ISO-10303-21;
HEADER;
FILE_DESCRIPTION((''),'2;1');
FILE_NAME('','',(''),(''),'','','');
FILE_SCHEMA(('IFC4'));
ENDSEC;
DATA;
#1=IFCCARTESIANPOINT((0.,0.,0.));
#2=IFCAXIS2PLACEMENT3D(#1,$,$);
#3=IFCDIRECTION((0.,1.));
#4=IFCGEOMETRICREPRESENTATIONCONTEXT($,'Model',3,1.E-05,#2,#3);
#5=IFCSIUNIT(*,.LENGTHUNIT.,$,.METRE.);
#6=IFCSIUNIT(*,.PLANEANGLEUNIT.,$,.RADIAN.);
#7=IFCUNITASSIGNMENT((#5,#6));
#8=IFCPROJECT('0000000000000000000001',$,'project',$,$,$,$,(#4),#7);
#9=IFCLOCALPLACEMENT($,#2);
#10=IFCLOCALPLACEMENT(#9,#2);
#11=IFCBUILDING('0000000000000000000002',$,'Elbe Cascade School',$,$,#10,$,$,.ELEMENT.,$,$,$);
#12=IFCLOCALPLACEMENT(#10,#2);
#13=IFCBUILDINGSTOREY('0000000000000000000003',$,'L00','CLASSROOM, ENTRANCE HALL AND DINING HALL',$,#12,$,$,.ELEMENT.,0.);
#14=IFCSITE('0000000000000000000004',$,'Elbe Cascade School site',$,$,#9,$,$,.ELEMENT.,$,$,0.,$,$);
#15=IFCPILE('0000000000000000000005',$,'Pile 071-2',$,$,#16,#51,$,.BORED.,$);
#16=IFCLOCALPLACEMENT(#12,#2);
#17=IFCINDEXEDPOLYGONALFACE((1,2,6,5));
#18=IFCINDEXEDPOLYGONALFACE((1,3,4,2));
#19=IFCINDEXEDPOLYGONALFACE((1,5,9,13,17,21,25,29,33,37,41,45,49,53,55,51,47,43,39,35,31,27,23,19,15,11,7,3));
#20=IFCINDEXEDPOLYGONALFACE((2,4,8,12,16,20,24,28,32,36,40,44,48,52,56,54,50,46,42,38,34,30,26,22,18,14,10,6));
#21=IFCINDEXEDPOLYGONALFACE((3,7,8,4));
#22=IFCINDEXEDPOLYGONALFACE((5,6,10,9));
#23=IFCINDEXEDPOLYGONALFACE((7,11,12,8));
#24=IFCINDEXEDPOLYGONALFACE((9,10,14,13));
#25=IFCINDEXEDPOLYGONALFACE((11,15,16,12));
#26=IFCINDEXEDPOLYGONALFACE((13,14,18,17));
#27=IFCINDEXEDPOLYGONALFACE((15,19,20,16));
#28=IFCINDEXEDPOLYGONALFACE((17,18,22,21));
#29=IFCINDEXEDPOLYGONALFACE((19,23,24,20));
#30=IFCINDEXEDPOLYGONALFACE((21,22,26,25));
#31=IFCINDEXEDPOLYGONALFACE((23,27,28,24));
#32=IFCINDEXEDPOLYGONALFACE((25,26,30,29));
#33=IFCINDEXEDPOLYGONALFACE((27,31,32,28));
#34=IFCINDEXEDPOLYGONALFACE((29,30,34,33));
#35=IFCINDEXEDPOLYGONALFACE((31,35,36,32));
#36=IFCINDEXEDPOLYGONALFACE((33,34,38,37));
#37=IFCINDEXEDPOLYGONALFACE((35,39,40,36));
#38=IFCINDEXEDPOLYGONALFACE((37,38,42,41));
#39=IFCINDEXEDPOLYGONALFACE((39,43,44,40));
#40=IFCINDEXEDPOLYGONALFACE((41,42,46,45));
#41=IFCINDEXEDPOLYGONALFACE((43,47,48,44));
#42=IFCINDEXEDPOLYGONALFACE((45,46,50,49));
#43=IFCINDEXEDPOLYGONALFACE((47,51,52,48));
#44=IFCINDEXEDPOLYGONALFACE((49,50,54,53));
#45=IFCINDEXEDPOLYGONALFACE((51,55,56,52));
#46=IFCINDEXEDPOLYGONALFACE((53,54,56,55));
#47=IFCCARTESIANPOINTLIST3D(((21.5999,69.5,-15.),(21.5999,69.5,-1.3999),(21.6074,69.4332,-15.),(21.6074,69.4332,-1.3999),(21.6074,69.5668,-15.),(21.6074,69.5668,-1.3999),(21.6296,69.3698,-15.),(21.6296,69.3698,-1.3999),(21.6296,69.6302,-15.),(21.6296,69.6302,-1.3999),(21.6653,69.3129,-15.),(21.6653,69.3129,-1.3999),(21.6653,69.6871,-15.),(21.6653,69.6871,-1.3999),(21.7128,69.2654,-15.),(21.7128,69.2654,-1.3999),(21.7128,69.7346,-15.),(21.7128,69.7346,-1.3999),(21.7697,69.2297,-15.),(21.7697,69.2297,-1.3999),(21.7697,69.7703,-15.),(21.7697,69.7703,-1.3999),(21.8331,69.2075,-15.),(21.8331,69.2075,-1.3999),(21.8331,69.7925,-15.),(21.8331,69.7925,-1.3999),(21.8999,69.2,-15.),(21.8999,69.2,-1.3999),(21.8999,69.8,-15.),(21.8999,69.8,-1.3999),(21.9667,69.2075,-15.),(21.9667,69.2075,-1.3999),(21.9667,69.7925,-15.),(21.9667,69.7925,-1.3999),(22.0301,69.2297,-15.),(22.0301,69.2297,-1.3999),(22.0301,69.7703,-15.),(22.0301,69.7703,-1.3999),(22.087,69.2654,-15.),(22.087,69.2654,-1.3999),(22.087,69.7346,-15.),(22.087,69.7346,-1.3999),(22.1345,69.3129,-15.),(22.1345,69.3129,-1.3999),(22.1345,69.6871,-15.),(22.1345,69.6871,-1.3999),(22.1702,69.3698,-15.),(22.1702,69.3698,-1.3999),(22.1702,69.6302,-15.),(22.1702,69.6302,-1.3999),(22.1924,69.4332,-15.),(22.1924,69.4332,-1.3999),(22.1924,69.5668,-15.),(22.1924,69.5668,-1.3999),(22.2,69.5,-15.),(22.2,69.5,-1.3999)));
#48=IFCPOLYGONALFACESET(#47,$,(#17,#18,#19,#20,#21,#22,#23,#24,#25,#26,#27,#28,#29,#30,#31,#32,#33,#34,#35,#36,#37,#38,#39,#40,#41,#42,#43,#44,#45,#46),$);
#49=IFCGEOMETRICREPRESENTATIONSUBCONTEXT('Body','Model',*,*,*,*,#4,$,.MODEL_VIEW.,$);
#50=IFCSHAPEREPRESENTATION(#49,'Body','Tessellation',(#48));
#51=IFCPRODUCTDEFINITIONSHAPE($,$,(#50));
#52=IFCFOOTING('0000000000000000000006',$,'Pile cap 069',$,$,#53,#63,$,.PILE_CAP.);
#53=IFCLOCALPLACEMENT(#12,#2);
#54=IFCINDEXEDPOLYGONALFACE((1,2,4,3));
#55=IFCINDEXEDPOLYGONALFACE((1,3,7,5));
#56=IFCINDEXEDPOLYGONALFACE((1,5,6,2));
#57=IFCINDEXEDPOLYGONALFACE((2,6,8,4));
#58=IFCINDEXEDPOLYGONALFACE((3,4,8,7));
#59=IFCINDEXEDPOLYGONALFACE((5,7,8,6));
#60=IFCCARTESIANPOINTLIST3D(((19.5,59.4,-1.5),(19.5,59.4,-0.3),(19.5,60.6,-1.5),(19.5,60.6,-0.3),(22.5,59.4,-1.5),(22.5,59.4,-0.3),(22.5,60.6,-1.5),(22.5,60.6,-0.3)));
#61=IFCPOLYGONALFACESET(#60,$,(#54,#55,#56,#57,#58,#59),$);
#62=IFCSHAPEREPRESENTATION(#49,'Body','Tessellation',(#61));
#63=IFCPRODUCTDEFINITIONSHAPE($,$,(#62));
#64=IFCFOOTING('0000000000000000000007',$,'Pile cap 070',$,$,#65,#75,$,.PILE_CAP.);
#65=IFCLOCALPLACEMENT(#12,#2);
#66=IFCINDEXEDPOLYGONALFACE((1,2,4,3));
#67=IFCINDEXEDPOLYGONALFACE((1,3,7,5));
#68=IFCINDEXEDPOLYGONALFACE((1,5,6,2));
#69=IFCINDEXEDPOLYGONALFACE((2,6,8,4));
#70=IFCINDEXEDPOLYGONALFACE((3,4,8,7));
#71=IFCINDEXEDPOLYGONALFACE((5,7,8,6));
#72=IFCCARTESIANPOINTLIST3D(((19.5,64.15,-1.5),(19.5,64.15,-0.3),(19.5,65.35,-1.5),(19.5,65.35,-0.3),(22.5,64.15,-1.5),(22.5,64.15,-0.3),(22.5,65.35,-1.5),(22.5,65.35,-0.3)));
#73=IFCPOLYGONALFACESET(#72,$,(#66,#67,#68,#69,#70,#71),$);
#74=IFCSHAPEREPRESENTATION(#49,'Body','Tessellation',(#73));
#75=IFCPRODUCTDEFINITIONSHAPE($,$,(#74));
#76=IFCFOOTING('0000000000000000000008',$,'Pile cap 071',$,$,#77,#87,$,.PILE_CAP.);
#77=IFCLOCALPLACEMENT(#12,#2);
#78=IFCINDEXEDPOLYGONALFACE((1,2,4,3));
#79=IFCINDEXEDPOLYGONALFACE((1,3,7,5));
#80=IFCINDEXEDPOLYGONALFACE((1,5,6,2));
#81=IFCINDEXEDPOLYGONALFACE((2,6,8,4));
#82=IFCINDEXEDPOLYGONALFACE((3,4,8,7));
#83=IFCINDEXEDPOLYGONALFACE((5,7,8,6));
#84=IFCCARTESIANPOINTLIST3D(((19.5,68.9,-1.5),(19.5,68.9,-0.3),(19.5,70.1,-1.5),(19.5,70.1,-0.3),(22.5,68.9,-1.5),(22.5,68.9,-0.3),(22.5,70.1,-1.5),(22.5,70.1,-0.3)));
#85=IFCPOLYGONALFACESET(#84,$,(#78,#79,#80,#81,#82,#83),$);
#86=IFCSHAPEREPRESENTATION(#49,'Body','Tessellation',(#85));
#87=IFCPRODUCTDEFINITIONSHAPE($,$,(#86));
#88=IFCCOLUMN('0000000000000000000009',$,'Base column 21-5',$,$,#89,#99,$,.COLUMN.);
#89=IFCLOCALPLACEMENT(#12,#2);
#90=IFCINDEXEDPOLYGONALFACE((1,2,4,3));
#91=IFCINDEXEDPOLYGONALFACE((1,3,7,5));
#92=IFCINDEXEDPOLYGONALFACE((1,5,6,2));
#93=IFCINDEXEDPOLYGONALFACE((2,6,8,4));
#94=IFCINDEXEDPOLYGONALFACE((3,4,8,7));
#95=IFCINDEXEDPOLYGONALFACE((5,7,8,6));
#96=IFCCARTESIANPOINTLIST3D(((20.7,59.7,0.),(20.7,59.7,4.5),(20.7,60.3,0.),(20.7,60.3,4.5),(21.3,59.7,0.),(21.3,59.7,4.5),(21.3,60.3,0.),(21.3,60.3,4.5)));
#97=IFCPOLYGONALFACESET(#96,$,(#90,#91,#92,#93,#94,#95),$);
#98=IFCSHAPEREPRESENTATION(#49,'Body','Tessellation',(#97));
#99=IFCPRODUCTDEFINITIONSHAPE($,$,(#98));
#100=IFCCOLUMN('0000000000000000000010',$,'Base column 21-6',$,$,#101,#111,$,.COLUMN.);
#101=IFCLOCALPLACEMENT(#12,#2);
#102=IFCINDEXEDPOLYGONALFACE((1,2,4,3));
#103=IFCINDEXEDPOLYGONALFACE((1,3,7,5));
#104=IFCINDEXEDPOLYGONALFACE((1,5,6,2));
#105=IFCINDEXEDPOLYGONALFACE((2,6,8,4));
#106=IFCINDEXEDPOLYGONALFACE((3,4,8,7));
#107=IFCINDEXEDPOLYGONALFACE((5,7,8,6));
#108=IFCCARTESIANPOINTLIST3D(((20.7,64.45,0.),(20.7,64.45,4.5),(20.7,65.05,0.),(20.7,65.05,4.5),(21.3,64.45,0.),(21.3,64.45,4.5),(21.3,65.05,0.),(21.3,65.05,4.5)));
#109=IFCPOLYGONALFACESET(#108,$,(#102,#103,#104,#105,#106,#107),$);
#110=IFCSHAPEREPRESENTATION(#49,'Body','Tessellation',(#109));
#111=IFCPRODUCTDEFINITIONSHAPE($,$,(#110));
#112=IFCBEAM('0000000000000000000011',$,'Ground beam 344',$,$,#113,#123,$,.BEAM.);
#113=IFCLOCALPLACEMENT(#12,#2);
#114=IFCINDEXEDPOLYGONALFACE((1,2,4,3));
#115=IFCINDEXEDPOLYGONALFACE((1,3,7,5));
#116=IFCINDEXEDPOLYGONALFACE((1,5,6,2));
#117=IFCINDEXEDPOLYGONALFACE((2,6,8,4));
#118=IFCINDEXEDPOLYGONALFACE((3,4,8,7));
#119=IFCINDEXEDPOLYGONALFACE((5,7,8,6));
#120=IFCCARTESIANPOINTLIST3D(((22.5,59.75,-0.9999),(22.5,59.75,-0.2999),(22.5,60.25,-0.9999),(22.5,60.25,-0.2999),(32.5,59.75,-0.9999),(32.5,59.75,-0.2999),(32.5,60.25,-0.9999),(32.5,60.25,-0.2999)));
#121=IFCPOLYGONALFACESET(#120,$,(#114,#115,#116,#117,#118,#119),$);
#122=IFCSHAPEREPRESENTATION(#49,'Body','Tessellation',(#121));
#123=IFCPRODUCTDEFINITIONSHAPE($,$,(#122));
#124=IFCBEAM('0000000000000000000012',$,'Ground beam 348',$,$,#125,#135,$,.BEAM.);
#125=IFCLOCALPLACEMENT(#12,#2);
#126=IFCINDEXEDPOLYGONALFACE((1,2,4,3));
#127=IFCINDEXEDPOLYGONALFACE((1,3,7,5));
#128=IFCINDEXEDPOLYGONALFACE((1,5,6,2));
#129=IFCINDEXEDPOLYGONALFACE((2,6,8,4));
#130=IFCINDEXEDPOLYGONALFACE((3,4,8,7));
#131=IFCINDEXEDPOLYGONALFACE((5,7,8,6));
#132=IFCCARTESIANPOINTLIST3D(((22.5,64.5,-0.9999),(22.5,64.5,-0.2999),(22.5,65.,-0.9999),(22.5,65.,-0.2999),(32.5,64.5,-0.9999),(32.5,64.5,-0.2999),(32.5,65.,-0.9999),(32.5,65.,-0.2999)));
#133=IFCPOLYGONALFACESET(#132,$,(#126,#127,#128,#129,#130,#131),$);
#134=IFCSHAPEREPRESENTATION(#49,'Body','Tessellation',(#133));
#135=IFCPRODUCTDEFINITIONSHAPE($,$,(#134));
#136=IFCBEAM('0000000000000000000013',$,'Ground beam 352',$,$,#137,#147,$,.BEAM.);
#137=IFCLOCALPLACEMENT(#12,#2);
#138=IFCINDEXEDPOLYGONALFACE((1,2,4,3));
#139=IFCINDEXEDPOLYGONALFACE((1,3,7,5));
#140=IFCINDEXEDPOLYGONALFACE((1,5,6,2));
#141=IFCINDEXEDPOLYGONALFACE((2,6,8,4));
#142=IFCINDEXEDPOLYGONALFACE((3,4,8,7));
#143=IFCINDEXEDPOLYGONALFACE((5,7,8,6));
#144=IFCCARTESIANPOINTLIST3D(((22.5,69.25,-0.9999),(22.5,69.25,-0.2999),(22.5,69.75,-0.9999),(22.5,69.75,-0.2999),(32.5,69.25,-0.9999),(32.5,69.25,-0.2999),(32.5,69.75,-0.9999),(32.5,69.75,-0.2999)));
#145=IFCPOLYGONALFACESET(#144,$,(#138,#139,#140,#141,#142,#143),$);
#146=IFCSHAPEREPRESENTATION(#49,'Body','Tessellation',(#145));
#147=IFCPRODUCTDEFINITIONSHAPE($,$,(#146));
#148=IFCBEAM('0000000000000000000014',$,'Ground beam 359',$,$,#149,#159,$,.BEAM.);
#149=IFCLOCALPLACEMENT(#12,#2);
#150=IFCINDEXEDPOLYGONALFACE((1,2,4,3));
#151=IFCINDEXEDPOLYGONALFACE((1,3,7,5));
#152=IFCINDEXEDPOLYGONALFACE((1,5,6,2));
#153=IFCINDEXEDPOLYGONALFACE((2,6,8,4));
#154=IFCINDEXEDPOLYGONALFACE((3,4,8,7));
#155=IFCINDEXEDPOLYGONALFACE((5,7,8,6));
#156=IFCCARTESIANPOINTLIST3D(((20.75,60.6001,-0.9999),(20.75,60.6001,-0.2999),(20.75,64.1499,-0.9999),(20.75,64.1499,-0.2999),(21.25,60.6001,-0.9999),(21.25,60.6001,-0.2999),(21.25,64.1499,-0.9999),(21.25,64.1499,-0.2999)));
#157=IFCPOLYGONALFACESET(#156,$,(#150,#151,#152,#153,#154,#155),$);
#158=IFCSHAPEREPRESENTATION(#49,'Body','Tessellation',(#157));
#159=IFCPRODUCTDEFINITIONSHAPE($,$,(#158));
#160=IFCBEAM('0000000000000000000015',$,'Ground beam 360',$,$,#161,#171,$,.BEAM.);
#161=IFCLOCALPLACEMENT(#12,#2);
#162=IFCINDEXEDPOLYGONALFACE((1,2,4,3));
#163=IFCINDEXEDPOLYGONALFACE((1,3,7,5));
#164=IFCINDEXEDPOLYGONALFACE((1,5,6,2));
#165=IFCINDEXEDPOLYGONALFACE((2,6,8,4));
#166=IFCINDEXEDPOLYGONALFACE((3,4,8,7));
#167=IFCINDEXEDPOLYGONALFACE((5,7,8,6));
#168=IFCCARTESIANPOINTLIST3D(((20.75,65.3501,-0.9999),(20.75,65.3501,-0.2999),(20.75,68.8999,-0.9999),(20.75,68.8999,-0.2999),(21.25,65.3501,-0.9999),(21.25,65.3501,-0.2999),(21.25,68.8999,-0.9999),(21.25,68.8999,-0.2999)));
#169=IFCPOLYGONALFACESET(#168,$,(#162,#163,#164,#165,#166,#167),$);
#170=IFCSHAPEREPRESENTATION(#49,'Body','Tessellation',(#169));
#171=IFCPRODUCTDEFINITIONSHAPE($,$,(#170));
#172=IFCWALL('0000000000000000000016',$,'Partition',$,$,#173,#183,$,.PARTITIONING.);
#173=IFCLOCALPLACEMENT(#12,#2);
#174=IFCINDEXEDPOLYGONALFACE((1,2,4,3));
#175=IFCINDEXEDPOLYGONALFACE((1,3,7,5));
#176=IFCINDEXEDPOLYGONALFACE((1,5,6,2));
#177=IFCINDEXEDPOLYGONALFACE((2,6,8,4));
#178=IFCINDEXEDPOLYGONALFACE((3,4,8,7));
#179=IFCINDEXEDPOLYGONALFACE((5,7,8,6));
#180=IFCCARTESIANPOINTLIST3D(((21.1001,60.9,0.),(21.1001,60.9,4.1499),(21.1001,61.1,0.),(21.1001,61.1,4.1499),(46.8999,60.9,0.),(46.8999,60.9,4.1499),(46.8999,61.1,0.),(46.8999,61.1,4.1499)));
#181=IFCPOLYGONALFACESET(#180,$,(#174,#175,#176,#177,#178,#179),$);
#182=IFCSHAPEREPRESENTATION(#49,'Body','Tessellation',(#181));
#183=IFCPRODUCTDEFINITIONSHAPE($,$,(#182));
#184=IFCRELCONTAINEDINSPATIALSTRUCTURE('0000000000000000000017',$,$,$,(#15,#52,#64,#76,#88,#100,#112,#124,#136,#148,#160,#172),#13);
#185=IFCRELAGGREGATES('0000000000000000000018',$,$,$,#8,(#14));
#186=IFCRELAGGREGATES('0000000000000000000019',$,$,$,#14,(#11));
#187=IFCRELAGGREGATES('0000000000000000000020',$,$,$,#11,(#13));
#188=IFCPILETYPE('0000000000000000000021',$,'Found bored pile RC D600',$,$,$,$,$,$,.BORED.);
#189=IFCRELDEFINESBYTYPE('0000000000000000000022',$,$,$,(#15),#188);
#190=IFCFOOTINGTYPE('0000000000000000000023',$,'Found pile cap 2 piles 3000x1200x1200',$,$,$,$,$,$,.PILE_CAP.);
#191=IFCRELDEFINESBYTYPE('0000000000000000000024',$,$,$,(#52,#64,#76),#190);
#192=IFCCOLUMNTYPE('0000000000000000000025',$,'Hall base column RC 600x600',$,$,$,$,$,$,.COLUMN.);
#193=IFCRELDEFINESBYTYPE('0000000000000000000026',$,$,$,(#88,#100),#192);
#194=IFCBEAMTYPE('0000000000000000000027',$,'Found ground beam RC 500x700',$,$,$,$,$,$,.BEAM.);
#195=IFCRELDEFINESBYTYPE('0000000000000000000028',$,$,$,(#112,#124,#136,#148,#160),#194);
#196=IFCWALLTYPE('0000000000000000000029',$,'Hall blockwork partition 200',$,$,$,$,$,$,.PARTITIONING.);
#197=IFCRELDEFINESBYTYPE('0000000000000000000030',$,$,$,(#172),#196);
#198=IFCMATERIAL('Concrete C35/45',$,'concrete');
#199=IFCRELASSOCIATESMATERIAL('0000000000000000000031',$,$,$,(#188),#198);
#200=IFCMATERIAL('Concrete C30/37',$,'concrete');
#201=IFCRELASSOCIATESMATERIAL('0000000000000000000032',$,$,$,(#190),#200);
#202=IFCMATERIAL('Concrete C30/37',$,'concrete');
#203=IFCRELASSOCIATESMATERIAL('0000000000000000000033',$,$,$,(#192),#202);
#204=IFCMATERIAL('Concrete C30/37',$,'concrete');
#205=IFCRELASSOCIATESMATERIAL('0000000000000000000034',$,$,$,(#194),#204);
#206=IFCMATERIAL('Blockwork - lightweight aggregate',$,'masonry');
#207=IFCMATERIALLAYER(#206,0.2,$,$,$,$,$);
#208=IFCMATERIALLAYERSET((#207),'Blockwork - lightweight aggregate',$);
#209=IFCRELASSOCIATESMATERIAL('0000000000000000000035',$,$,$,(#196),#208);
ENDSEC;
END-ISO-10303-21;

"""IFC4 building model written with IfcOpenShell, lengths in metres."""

from ifc_helpers import new_model, si_unit, direction, frame, frame_2d, origin, origin_2d, place, context, subcontext, project, spatial, rectangle, circle, extrude, material, layer, layer_set, material_profile, profile_set, type_object, element, save


model = new_model("IFC4")

# Units and contexts
model_context = context("Model", 3, precision=1e-05, world=origin(), true_north=direction((0.0, 1.0)))
body_context = subcontext(model_context, "Body", "Model", "MODEL_VIEW")
ifc_project = project(units=[si_unit("LENGTHUNIT", "METRE"), si_unit("PLANEANGLEUNIT", "RADIAN")], contexts=[model_context])

# Site, building, storey
site_placement = place(None, origin())
site = spatial("IfcSite", under=ifc_project, at=site_placement, Name="Elbe Cascade School site", CompositionType="ELEMENT", RefElevation=0.0)
building_placement = place(site_placement, origin())
building = spatial("IfcBuilding", under=site, at=building_placement, Name="Elbe Cascade School", CompositionType="ELEMENT")
storey_placement = place(building_placement, origin())
storey = spatial("IfcBuildingStorey", under=building, at=storey_placement, Name="L00", Description="CLASSROOM, ENTRANCE HALL AND DINING HALL", CompositionType="ELEMENT", Elevation=0.0)

# Pile
ifc_material_1 = material(Name="Concrete C35/45", Category="concrete")
ifc_material_profile_1 = material_profile(ifc_material_1, circle(Radius=0.3, at=origin_2d()), Name="RC D600")
ifc_profile_set_1 = profile_set([ifc_material_profile_1], Name="Concrete C35/45")
pile_type = type_object("IfcPileType", Name="Found bored pile RC D600", PredefinedType="BORED", material=ifc_profile_set_1)
for number, where, z_axis, x_axis, name in (
    (1, (21.8999, 69.5, -1.3999), (0.0, 0.0, -1.0), (1.0, 0.0, 0.0), "Pile 071-2"),
):
    element("IfcPile", number, at=place(storey_placement, frame(where, z_axis=z_axis, x_axis=x_axis)), inside=storey, type_object=pile_type, Name=name, PredefinedType="BORED", context=body_context, shape_type="SweptSolid", body=[
        extrude(circle(Radius=0.3, at=origin_2d()), origin(), (0.0, 0.0, 1.0), 13.6001),
    ])

# Footings
ifc_material_2 = material(Name="Concrete C30/37", Category="concrete")
footing_type = type_object("IfcFootingType", Name="Found pile cap 2 piles 3000x1200x1200", PredefinedType="PILE_CAP", material=ifc_material_2)
for number, where, z_axis, x_axis, name in (
    (2, (21.0, 60.0, -1.5), (0.0, 0.0, 1.0), (1.0, 0.0, 0.0), "Pile cap 069"),
    (3, (21.0, 64.75, -1.5), (0.0, 0.0, 1.0), (1.0, 0.0, 0.0), "Pile cap 070"),
    (4, (21.0, 69.5, -1.5), (0.0, 0.0, 1.0), (1.0, 0.0, 0.0), "Pile cap 071"),
):
    element("IfcFooting", number, at=place(storey_placement, frame(where, z_axis=z_axis, x_axis=x_axis)), inside=storey, type_object=footing_type, Name=name, PredefinedType="PILE_CAP", context=body_context, shape_type="SweptSolid", body=[
        extrude(rectangle(XDim=3.0, YDim=1.2, at=origin_2d()), origin(), (0.0, 0.0, 1.0), 1.2),
    ])

# Columns
ifc_material_3 = material(Name="Concrete C30/37", Category="concrete")
ifc_material_profile_2 = material_profile(ifc_material_3, rectangle(XDim=0.6001, YDim=0.6001, at=origin_2d()), Name="RC 600x600")
ifc_profile_set_2 = profile_set([ifc_material_profile_2], Name="Concrete C30/37")
column_type = type_object("IfcColumnType", Name="Hall base column RC 600x600", PredefinedType="COLUMN", material=ifc_profile_set_2)
for number, where, z_axis, x_axis, name in (
    (5, (21.0, 60.0, 0.0), (0.0, 0.0, 1.0), (1.0, 0.0, 0.0), "Base column 21-5"),
    (6, (21.0, 64.75, 0.0), (0.0, 0.0, 1.0), (1.0, 0.0, 0.0), "Base column 21-6"),
):
    element("IfcColumn", number, at=place(storey_placement, frame(where, z_axis=z_axis, x_axis=x_axis)), inside=storey, type_object=column_type, Name=name, PredefinedType="COLUMN", context=body_context, shape_type="SweptSolid", body=[
        extrude(rectangle(XDim=0.6001, YDim=0.6001, at=origin_2d()), origin(), (0.0, 0.0, 1.0), 4.5),
    ])

# Beams
ifc_material_4 = material(Name="Concrete C30/37", Category="concrete")
ifc_material_profile_3 = material_profile(ifc_material_4, rectangle(XDim=0.5, YDim=0.7, at=origin_2d()), Name="RC 500x700")
ifc_profile_set_3 = profile_set([ifc_material_profile_3], Name="Concrete C30/37")
beam_type = type_object("IfcBeamType", Name="Found ground beam RC 500x700", PredefinedType="BEAM", material=ifc_profile_set_3)
for number, where, z_axis, x_axis, name in (
    (7, (22.5, 60.0, -0.6499), (1.0, 0.0, 0.0), (0.0, 1.0, 0.0), "Ground beam 344"),
    (8, (22.5, 64.75, -0.6499), (1.0, 0.0, 0.0), (0.0, 1.0, 0.0), "Ground beam 348"),
    (9, (22.5, 69.5, -0.6499), (1.0, 0.0, 0.0), (0.0, 1.0, 0.0), "Ground beam 352"),
):
    element("IfcBeam", number, at=place(storey_placement, frame(where, z_axis=z_axis, x_axis=x_axis)), inside=storey, type_object=beam_type, Name=name, PredefinedType="BEAM", context=body_context, shape_type="SweptSolid", body=[
        extrude(rectangle(XDim=0.5, YDim=0.7, at=origin_2d()), origin(), (0.0, 0.0, 1.0), 10.0),
    ])
for number, where, z_axis, x_axis, name in (
    (10, (21.0, 60.6001, -0.6499), (0.0, 1.0, 0.0), (-1.0, 0.0, 0.0), "Ground beam 359"),
    (11, (21.0, 65.3501, -0.6499), (0.0, 1.0, 0.0), (-1.0, 0.0, 0.0), "Ground beam 360"),
):
    element("IfcBeam", number, at=place(storey_placement, frame(where, z_axis=z_axis, x_axis=x_axis)), inside=storey, type_object=beam_type, Name=name, PredefinedType="BEAM", context=body_context, shape_type="SweptSolid", body=[
        extrude(rectangle(XDim=0.5, YDim=0.7, at=origin_2d()), origin(), (0.0, 0.0, 1.0), 3.5498),
    ])

# Wall
ifc_material_5 = material(Name="Blockwork - lightweight aggregate", Category="masonry")
ifc_layer_1 = layer(ifc_material_5, 0.2)
ifc_layer_set_1 = layer_set([ifc_layer_1], Name="Blockwork - lightweight aggregate")
wall_type = type_object("IfcWallType", Name="Hall blockwork partition 200", PredefinedType="PARTITIONING", material=ifc_layer_set_1)
wall_1_placement = place(storey_placement, frame((21.1001, 61.0, 0.0), z_axis=(0.0, 0.0, 1.0), x_axis=(1.0, 0.0, 0.0)))
element("IfcWall", 12, at=wall_1_placement, inside=storey, type_object=wall_type, Name="Partition", PredefinedType="PARTITIONING", context=body_context, shape_type="SweptSolid", body=[
    extrude(rectangle(XDim=25.7998, YDim=0.2, at=frame_2d((12.8999, 0.0))), origin(), (0.0, 0.0, 1.0), 4.1499),
])

save(model, "model.ifc")
